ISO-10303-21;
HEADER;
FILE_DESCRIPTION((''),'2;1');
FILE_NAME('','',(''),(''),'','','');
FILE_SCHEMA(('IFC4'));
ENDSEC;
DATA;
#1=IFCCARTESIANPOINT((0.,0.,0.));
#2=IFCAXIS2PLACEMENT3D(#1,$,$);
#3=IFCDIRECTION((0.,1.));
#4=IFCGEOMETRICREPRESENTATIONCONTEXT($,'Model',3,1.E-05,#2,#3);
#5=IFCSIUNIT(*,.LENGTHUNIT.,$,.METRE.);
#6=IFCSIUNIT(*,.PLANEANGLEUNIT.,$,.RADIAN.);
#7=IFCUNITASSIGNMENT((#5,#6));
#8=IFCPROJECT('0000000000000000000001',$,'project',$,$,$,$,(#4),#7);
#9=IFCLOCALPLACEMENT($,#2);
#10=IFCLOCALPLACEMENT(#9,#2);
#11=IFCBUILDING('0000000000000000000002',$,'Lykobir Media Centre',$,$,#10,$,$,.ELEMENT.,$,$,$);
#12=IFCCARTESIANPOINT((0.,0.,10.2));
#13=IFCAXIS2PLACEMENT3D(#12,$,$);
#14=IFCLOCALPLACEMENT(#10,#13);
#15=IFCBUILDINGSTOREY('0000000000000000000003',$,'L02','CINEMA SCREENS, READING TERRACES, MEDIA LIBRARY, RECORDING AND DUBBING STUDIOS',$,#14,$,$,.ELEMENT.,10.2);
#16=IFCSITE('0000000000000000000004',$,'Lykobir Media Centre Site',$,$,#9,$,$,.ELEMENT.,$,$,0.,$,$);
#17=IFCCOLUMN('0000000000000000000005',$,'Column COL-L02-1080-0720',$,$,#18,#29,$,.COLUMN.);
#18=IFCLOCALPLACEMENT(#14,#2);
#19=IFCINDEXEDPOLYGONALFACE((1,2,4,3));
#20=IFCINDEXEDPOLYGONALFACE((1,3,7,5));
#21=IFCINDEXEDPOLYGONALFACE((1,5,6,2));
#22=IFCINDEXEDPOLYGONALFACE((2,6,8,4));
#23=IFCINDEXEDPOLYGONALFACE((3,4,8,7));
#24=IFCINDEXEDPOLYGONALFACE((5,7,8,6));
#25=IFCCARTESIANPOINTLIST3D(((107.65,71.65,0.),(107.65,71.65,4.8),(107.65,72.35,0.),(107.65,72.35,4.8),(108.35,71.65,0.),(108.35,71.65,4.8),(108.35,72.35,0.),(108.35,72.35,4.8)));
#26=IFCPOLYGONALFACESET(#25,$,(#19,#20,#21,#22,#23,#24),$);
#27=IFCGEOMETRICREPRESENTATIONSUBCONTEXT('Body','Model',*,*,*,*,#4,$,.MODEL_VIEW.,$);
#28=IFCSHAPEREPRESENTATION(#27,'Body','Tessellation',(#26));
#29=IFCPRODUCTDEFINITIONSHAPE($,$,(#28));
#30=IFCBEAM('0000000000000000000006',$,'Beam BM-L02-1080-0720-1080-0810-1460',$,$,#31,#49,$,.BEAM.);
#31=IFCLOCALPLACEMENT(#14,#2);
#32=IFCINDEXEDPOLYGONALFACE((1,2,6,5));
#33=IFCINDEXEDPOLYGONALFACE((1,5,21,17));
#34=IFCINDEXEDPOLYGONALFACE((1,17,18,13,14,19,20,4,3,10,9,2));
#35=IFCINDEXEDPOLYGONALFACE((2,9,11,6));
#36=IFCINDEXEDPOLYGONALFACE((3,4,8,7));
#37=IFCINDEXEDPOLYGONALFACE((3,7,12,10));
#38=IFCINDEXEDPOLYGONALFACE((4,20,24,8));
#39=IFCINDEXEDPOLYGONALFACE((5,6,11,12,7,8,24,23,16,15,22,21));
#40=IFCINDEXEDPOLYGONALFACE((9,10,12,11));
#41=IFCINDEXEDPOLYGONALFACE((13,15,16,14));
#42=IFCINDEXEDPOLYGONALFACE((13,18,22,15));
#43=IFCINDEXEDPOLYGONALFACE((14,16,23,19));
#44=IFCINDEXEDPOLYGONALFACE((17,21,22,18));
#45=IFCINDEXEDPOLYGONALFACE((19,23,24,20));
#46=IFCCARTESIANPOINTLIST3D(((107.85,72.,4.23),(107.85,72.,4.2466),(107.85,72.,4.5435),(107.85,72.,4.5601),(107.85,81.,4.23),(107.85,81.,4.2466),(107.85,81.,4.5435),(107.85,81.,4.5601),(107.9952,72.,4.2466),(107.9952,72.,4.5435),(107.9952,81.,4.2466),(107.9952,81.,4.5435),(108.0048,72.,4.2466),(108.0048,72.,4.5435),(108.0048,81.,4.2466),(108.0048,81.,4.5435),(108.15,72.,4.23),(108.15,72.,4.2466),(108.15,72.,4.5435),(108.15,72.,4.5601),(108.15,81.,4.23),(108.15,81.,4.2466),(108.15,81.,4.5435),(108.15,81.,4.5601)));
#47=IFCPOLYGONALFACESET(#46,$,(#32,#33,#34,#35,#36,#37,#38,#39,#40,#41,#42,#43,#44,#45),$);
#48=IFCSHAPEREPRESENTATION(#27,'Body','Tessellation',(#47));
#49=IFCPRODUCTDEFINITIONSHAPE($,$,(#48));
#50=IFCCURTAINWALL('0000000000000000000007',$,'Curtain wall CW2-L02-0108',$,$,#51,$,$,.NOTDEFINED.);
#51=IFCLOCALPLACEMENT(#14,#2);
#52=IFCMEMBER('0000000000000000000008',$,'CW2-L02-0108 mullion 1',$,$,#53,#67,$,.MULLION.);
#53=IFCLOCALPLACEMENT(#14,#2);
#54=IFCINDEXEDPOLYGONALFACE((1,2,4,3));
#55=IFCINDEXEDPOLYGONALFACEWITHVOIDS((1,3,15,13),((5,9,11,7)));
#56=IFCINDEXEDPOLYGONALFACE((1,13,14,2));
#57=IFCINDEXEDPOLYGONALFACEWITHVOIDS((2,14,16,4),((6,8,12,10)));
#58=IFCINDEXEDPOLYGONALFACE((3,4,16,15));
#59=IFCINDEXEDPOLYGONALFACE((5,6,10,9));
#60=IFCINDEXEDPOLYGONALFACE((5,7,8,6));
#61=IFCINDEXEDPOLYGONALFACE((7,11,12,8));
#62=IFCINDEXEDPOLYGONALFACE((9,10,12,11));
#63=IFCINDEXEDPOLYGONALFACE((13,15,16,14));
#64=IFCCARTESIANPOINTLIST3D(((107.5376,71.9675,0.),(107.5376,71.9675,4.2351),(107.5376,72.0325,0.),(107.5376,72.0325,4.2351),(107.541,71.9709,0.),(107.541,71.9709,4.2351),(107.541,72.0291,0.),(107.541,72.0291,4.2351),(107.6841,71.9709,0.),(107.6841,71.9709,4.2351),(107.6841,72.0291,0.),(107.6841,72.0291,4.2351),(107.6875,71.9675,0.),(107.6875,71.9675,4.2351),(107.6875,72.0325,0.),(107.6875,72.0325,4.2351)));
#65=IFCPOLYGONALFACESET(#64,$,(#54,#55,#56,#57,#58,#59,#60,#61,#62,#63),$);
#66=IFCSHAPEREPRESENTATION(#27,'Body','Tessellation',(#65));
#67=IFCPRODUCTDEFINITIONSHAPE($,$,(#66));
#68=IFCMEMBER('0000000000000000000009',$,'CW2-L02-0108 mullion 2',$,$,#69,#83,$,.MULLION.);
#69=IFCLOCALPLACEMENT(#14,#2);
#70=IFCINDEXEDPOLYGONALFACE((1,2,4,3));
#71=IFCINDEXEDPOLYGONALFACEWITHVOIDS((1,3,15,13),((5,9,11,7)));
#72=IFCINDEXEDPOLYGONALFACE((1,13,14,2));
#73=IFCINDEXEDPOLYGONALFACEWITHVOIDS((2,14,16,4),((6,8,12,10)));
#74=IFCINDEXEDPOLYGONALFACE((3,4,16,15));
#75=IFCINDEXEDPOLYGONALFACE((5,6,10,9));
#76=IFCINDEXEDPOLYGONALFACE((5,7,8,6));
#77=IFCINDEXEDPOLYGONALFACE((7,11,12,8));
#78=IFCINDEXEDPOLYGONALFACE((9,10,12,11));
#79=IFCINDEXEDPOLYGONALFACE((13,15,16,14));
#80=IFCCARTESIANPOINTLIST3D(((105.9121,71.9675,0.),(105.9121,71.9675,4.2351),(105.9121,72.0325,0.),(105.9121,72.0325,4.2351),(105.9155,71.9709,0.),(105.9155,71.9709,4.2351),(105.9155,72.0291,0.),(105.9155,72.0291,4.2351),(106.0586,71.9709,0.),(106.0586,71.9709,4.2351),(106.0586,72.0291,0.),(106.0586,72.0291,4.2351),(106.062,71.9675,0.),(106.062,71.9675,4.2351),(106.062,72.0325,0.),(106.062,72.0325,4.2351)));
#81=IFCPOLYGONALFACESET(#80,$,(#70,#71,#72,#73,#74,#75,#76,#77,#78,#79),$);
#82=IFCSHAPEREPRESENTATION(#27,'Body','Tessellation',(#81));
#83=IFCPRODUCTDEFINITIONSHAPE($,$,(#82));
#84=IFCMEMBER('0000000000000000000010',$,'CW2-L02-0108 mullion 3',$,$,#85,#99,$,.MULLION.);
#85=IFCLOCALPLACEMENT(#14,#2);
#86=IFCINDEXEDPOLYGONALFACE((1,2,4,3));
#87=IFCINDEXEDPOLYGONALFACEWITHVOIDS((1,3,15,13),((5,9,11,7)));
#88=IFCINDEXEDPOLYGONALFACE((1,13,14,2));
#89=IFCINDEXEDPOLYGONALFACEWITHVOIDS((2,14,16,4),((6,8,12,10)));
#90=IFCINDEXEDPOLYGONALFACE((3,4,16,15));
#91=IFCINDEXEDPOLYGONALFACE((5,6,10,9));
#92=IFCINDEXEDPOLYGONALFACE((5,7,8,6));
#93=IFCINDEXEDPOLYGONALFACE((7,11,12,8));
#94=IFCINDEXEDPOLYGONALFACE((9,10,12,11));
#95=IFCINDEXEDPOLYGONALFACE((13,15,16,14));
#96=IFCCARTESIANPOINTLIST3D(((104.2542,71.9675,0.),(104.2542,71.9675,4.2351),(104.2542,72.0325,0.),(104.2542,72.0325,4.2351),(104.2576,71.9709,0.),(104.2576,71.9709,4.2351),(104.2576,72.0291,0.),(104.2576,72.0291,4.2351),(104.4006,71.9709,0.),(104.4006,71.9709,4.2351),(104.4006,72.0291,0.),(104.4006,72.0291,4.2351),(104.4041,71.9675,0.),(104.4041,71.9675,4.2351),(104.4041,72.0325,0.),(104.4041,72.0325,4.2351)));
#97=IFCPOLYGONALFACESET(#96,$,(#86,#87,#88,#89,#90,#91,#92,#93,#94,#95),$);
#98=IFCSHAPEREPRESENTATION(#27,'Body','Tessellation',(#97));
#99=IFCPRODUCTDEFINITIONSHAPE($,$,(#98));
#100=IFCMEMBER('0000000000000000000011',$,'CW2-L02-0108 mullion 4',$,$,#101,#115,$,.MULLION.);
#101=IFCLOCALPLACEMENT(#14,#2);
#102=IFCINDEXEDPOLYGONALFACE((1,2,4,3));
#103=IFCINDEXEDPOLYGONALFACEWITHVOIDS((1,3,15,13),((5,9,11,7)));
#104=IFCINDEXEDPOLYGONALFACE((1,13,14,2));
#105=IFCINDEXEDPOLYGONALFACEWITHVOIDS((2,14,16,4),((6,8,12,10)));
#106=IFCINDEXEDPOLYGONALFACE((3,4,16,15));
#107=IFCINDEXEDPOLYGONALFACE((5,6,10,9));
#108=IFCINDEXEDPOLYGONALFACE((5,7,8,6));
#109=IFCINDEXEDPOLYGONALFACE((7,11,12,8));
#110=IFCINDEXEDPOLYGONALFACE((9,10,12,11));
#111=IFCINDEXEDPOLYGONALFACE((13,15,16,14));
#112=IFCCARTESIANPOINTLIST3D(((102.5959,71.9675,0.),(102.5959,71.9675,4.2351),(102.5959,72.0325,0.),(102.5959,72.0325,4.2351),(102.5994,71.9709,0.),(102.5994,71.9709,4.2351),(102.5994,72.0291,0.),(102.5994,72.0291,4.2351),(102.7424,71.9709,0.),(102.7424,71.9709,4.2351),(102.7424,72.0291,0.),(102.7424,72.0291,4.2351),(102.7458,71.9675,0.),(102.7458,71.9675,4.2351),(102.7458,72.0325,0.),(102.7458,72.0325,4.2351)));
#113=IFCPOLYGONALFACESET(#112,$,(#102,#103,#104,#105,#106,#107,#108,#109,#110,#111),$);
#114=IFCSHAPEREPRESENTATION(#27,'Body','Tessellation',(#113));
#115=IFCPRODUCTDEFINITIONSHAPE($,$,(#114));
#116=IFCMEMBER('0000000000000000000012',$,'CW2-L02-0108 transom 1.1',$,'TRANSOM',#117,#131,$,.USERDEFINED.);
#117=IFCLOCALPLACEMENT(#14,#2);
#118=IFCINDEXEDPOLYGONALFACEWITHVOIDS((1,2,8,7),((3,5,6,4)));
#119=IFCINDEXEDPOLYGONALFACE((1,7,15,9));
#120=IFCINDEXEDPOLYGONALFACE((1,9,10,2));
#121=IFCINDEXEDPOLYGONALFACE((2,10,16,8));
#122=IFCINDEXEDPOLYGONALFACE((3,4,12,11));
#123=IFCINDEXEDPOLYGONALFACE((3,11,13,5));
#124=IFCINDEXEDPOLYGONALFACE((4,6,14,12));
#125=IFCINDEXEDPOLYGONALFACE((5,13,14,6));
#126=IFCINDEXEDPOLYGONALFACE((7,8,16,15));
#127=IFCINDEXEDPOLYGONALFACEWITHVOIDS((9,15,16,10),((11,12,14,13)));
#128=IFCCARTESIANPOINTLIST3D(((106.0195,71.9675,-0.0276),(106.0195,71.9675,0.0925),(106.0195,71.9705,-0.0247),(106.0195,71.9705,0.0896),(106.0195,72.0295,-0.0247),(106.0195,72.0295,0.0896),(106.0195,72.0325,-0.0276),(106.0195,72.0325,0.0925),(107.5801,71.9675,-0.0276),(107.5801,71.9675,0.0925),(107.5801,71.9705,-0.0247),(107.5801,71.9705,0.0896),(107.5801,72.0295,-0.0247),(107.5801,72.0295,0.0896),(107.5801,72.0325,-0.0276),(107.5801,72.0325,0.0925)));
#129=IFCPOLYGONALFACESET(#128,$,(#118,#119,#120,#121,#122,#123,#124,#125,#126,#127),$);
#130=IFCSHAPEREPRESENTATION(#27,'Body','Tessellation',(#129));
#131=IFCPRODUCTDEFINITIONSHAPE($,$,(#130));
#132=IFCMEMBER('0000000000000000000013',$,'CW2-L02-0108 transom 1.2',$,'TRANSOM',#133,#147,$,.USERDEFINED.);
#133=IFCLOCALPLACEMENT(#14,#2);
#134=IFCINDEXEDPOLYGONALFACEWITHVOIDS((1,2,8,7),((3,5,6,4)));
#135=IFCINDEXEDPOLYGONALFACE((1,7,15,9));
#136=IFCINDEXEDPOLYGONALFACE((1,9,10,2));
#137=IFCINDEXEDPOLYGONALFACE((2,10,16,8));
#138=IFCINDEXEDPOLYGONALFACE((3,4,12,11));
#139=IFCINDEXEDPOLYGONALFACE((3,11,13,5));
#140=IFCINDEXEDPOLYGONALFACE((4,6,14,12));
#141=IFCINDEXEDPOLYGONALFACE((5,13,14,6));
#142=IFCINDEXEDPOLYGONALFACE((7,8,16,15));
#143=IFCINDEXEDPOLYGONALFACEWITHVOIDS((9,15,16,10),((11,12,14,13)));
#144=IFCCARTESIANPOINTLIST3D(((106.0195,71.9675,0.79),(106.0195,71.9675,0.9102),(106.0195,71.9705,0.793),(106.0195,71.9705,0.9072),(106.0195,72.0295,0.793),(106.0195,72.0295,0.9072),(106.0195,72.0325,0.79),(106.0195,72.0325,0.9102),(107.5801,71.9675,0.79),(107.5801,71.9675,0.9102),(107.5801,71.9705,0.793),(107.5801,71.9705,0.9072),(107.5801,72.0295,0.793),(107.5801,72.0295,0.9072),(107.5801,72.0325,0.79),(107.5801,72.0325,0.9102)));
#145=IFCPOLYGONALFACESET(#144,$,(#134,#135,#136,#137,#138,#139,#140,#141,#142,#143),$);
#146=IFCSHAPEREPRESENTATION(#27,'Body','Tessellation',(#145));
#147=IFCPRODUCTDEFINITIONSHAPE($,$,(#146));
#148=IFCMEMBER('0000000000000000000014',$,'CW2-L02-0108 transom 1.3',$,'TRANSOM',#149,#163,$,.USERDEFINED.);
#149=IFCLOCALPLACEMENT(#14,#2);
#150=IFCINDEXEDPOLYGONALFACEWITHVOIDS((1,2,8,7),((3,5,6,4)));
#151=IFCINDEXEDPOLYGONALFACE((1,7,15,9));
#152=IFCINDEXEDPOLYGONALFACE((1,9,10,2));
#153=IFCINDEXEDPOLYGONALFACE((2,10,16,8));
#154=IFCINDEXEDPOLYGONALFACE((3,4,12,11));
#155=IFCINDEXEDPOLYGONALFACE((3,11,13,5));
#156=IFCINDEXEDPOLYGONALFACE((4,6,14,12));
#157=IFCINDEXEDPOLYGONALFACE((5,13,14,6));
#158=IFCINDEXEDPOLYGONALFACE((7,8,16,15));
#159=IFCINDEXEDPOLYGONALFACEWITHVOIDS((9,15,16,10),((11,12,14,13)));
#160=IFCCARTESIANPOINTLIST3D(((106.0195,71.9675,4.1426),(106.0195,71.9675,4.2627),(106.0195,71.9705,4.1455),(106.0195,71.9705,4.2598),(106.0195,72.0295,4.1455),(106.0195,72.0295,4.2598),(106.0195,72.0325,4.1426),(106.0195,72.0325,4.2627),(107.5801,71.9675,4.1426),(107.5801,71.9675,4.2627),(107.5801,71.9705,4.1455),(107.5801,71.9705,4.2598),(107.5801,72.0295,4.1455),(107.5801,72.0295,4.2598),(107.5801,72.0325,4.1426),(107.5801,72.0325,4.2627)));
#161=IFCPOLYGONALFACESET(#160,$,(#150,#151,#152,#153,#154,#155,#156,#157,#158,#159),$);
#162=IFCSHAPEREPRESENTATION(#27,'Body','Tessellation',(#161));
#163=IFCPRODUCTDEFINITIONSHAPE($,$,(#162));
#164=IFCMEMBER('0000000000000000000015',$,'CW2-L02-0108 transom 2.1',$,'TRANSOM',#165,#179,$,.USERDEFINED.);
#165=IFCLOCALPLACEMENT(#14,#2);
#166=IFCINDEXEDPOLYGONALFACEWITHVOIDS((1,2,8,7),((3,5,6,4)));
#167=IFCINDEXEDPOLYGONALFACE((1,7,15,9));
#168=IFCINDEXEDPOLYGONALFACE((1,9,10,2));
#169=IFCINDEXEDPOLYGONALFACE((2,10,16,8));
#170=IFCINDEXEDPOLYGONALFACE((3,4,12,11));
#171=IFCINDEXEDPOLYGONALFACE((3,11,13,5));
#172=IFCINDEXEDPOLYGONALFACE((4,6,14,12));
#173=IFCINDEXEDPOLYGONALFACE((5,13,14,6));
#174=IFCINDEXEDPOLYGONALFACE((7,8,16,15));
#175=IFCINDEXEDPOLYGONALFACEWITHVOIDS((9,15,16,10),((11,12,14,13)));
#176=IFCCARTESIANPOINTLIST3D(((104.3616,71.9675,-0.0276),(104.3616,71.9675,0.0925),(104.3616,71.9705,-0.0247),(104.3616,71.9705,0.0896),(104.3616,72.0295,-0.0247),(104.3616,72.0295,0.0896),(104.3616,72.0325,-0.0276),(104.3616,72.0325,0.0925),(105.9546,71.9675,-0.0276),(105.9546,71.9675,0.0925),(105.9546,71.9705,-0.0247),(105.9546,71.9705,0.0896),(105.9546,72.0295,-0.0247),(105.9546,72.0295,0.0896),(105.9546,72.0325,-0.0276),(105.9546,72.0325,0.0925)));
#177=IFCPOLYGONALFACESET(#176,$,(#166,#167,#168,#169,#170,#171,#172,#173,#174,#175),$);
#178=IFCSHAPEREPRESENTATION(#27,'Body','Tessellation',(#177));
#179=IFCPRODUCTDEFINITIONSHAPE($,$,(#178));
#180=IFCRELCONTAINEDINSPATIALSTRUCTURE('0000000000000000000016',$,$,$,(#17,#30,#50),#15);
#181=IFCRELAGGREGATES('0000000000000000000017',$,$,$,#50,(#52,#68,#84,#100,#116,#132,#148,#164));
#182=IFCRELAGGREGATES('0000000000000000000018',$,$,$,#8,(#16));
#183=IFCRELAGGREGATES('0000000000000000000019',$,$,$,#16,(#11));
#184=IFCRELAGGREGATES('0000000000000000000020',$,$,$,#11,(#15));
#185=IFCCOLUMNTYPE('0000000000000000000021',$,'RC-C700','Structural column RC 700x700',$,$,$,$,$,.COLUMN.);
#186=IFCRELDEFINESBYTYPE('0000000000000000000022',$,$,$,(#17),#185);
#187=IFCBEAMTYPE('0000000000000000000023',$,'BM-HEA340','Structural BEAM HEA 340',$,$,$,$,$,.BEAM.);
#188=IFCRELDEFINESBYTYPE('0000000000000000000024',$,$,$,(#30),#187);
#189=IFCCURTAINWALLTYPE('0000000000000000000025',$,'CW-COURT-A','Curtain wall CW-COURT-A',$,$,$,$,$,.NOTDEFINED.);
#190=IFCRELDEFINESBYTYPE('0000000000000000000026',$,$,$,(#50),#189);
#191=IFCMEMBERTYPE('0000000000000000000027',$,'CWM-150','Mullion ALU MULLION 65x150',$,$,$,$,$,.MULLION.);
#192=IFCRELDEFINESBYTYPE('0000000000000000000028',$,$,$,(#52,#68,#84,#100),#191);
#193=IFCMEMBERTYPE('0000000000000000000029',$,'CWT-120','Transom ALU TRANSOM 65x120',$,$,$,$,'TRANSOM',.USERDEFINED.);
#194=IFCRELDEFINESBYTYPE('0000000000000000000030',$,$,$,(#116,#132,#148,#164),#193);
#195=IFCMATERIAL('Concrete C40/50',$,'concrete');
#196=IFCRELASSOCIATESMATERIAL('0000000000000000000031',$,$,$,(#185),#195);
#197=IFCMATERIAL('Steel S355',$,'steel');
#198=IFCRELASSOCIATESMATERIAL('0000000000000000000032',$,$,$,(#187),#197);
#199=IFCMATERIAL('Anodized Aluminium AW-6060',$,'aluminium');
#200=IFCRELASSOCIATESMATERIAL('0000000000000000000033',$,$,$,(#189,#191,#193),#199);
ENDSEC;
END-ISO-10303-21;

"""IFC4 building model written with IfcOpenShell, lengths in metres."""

from ifc_helpers import new_model, si_unit, direction, frame, origin, origin_2d, place, context, subcontext, project, spatial, rectangle, hollow_rectangle, i_section, extrude, material, material_profile, profile_set, type_object, element, aggregate, save


model = new_model("IFC4")

# Units and contexts
model_context = context("Model", 3, precision=1e-05, world=origin(), true_north=direction((0.0, 1.0)))
body_context = subcontext(model_context, "Body", "Model", "MODEL_VIEW")
ifc_project = project(units=[si_unit("LENGTHUNIT", "METRE"), si_unit("PLANEANGLEUNIT", "RADIAN")], contexts=[model_context])

# Site, building, storey
site_placement = place(None, origin())
site = spatial("IfcSite", under=ifc_project, at=site_placement, Name="Lykobir Media Centre Site", CompositionType="ELEMENT", RefElevation=0.0)
building_placement = place(site_placement, origin())
building = spatial("IfcBuilding", under=site, at=building_placement, Name="Lykobir Media Centre", CompositionType="ELEMENT")
storey_placement = place(building_placement, frame((0.0, 0.0, 10.2)))
storey = spatial("IfcBuildingStorey", under=building, at=storey_placement, Name="L02", Description="CINEMA SCREENS, READING TERRACES, MEDIA LIBRARY, RECORDING AND DUBBING STUDIOS", CompositionType="ELEMENT", Elevation=10.2)

# Column
ifc_material_1 = material(Name="Concrete C40/50", Category="concrete")
ifc_material_profile_1 = material_profile(ifc_material_1, rectangle(XDim=0.7, YDim=0.7, at=origin_2d()), Name="RC 700x700")
ifc_profile_set_1 = profile_set([ifc_material_profile_1], Name="Concrete C40/50")
column_type = type_object("IfcColumnType", Name="RC-C700", Description="Structural column RC 700x700", PredefinedType="COLUMN", material=ifc_profile_set_1)
column_placement = place(storey_placement, frame((108.0, 72.0, 0.0), z_axis=(0.0, 0.0, 1.0), x_axis=(1.0, 0.0, 0.0)))
element("IfcColumn", 1, at=column_placement, inside=storey, type_object=column_type, Name="Column COL-L02-1080-0720", PredefinedType="COLUMN", context=body_context, shape_type="SweptSolid", body=[
    extrude(rectangle(XDim=0.7, YDim=0.7, at=origin_2d()), origin(), (0.0, 0.0, 1.0), 4.8),
])

# Beam
ifc_material_2 = material(Name="Steel S355", Category="steel")
ifc_material_profile_2 = material_profile(ifc_material_2, i_section(OverallWidth=0.3, OverallDepth=0.3301, WebThickness=0.0095, FlangeThickness=0.0166, at=origin_2d()), Name="HEA 340")
ifc_profile_set_2 = profile_set([ifc_material_profile_2], Name="Steel S355")
beam_type_1 = type_object("IfcBeamType", Name="BM-HEA340", Description="Structural BEAM HEA 340", PredefinedType="BEAM", material=ifc_profile_set_2)
beam_1_placement = place(storey_placement, frame((108.0, 72.0, 4.395), z_axis=(0.0, 1.0, 0.0), x_axis=(-1.0, 0.0, 0.0)))
element("IfcBeam", 2, at=beam_1_placement, inside=storey, type_object=beam_type_1, Name="Beam BM-L02-1080-0720-1080-0810-1460", PredefinedType="BEAM", context=body_context, shape_type="SweptSolid", body=[
    extrude(i_section(OverallWidth=0.3, OverallDepth=0.3301, WebThickness=0.0095, FlangeThickness=0.0166, at=origin_2d()), origin(), (0.0, 0.0, 1.0), 9.0),
])

# Curtain wall, members
ifc_material_3 = material(Name="Anodized Aluminium AW-6060", Category="aluminium")
curtain_wall_type = type_object("IfcCurtainWallType", Name="CW-COURT-A", Description="Curtain wall CW-COURT-A", PredefinedType="NOTDEFINED", material=ifc_material_3)
curtain_wall_placement = place(storey_placement, origin())
curtain_wall = element("IfcCurtainWall", 3, at=curtain_wall_placement, inside=storey, type_object=curtain_wall_type, Name="Curtain wall CW2-L02-0108", PredefinedType="NOTDEFINED")
ifc_material_profile_3 = material_profile(ifc_material_3, hollow_rectangle(XDim=0.0649, YDim=0.1499, WallThickness=0.0034, at=origin_2d()), Name="ALU MULLION 65x150")
ifc_profile_set_3 = profile_set([ifc_material_profile_3], Name="Anodized Aluminium AW-6060")
member_type_1 = type_object("IfcMemberType", Name="CWM-150", Description="Mullion ALU MULLION 65x150", PredefinedType="MULLION", material=ifc_profile_set_3)
member_1_placement = place(storey_placement, frame((107.6125, 72.0, 0.0), z_axis=(0.0, 0.0, 1.0), x_axis=(0.0, -1.0, 0.0)))
member_1 = element("IfcMember", 4, at=member_1_placement, type_object=member_type_1, Name="CW2-L02-0108 mullion 1", PredefinedType="MULLION", context=body_context, shape_type="SweptSolid", body=[
    extrude(hollow_rectangle(XDim=0.0649, YDim=0.1499, WallThickness=0.0034, at=origin_2d()), origin(), (0.0, 0.0, 1.0), 4.2351),
])
member_2_placement = place(storey_placement, frame((105.9871, 72.0, 0.0), z_axis=(0.0, 0.0, 1.0), x_axis=(0.0, -1.0, 0.0)))
member_2 = element("IfcMember", 5, at=member_2_placement, type_object=member_type_1, Name="CW2-L02-0108 mullion 2", PredefinedType="MULLION", context=body_context, shape_type="SweptSolid", body=[
    extrude(hollow_rectangle(XDim=0.0649, YDim=0.1499, WallThickness=0.0034, at=origin_2d()), origin(), (0.0, 0.0, 1.0), 4.2351),
])
member_3_placement = place(storey_placement, frame((104.3291, 72.0, 0.0), z_axis=(0.0, 0.0, 1.0), x_axis=(0.0, -1.0, 0.0)))
member_3 = element("IfcMember", 6, at=member_3_placement, type_object=member_type_1, Name="CW2-L02-0108 mullion 3", PredefinedType="MULLION", context=body_context, shape_type="SweptSolid", body=[
    extrude(hollow_rectangle(XDim=0.0649, YDim=0.1499, WallThickness=0.0034, at=origin_2d()), origin(), (0.0, 0.0, 1.0), 4.2351),
])
member_4_placement = place(storey_placement, frame((102.6709, 72.0, 0.0), z_axis=(0.0, 0.0, 1.0), x_axis=(0.0, -1.0, 0.0)))
member_4 = element("IfcMember", 7, at=member_4_placement, type_object=member_type_1, Name="CW2-L02-0108 mullion 4", PredefinedType="MULLION", context=body_context, shape_type="SweptSolid", body=[
    extrude(hollow_rectangle(XDim=0.0649, YDim=0.1499, WallThickness=0.0034, at=origin_2d()), origin(), (0.0, 0.0, 1.0), 4.2351),
])
ifc_material_profile_4 = material_profile(ifc_material_3, hollow_rectangle(XDim=0.0649, YDim=0.1201, WallThickness=0.0029, at=origin_2d()), Name="ALU TRANSOM 65x120")
ifc_profile_set_4 = profile_set([ifc_material_profile_4], Name="Anodized Aluminium AW-6060")
member_type_2 = type_object("IfcMemberType", Name="CWT-120", Description="Transom ALU TRANSOM 65x120", ElementType="TRANSOM", PredefinedType="USERDEFINED", material=ifc_profile_set_4)
member_5_placement = place(storey_placement, frame((107.5801, 72.0, 0.0325), z_axis=(-1.0, 0.0, 0.0), x_axis=(0.0, -1.0, 0.0)))
member_5 = element("IfcMember", 8, at=member_5_placement, type_object=member_type_2, Name="CW2-L02-0108 transom 1.1", ObjectType="TRANSOM", PredefinedType="USERDEFINED", context=body_context, shape_type="SweptSolid", body=[
    extrude(hollow_rectangle(XDim=0.0649, YDim=0.1201, WallThickness=0.0029, at=origin_2d()), origin(), (0.0, 0.0, 1.0), 1.5605),
])
member_6_placement = place(storey_placement, frame((107.5801, 72.0, 0.8501), z_axis=(-1.0, 0.0, 0.0), x_axis=(0.0, -1.0, 0.0)))
member_6 = element("IfcMember", 9, at=member_6_placement, type_object=member_type_2, Name="CW2-L02-0108 transom 1.2", ObjectType="TRANSOM", PredefinedType="USERDEFINED", context=body_context, shape_type="SweptSolid", body=[
    extrude(hollow_rectangle(XDim=0.0649, YDim=0.1201, WallThickness=0.0029, at=origin_2d()), origin(), (0.0, 0.0, 1.0), 1.5605),
])
member_7_placement = place(storey_placement, frame((107.5801, 72.0, 4.2026), z_axis=(-1.0, 0.0, 0.0), x_axis=(0.0, -1.0, 0.0)))
member_7 = element("IfcMember", 10, at=member_7_placement, type_object=member_type_2, Name="CW2-L02-0108 transom 1.3", ObjectType="TRANSOM", PredefinedType="USERDEFINED", context=body_context, shape_type="SweptSolid", body=[
    extrude(hollow_rectangle(XDim=0.0649, YDim=0.1201, WallThickness=0.0029, at=origin_2d()), origin(), (0.0, 0.0, 1.0), 1.5605),
])
member_8_placement = place(storey_placement, frame((105.9546, 72.0, 0.0325), z_axis=(-1.0, 0.0, 0.0), x_axis=(0.0, -1.0, 0.0)))
member_8 = element("IfcMember", 11, at=member_8_placement, type_object=member_type_2, Name="CW2-L02-0108 transom 2.1", ObjectType="TRANSOM", PredefinedType="USERDEFINED", context=body_context, shape_type="SweptSolid", body=[
    extrude(hollow_rectangle(XDim=0.0649, YDim=0.1201, WallThickness=0.0029, at=origin_2d()), origin(), (0.0, 0.0, 1.0), 1.593),
])

aggregate(curtain_wall, [member_1, member_2, member_3, member_4, member_5, member_6, member_7, member_8])

save(model, "model.ifc")
